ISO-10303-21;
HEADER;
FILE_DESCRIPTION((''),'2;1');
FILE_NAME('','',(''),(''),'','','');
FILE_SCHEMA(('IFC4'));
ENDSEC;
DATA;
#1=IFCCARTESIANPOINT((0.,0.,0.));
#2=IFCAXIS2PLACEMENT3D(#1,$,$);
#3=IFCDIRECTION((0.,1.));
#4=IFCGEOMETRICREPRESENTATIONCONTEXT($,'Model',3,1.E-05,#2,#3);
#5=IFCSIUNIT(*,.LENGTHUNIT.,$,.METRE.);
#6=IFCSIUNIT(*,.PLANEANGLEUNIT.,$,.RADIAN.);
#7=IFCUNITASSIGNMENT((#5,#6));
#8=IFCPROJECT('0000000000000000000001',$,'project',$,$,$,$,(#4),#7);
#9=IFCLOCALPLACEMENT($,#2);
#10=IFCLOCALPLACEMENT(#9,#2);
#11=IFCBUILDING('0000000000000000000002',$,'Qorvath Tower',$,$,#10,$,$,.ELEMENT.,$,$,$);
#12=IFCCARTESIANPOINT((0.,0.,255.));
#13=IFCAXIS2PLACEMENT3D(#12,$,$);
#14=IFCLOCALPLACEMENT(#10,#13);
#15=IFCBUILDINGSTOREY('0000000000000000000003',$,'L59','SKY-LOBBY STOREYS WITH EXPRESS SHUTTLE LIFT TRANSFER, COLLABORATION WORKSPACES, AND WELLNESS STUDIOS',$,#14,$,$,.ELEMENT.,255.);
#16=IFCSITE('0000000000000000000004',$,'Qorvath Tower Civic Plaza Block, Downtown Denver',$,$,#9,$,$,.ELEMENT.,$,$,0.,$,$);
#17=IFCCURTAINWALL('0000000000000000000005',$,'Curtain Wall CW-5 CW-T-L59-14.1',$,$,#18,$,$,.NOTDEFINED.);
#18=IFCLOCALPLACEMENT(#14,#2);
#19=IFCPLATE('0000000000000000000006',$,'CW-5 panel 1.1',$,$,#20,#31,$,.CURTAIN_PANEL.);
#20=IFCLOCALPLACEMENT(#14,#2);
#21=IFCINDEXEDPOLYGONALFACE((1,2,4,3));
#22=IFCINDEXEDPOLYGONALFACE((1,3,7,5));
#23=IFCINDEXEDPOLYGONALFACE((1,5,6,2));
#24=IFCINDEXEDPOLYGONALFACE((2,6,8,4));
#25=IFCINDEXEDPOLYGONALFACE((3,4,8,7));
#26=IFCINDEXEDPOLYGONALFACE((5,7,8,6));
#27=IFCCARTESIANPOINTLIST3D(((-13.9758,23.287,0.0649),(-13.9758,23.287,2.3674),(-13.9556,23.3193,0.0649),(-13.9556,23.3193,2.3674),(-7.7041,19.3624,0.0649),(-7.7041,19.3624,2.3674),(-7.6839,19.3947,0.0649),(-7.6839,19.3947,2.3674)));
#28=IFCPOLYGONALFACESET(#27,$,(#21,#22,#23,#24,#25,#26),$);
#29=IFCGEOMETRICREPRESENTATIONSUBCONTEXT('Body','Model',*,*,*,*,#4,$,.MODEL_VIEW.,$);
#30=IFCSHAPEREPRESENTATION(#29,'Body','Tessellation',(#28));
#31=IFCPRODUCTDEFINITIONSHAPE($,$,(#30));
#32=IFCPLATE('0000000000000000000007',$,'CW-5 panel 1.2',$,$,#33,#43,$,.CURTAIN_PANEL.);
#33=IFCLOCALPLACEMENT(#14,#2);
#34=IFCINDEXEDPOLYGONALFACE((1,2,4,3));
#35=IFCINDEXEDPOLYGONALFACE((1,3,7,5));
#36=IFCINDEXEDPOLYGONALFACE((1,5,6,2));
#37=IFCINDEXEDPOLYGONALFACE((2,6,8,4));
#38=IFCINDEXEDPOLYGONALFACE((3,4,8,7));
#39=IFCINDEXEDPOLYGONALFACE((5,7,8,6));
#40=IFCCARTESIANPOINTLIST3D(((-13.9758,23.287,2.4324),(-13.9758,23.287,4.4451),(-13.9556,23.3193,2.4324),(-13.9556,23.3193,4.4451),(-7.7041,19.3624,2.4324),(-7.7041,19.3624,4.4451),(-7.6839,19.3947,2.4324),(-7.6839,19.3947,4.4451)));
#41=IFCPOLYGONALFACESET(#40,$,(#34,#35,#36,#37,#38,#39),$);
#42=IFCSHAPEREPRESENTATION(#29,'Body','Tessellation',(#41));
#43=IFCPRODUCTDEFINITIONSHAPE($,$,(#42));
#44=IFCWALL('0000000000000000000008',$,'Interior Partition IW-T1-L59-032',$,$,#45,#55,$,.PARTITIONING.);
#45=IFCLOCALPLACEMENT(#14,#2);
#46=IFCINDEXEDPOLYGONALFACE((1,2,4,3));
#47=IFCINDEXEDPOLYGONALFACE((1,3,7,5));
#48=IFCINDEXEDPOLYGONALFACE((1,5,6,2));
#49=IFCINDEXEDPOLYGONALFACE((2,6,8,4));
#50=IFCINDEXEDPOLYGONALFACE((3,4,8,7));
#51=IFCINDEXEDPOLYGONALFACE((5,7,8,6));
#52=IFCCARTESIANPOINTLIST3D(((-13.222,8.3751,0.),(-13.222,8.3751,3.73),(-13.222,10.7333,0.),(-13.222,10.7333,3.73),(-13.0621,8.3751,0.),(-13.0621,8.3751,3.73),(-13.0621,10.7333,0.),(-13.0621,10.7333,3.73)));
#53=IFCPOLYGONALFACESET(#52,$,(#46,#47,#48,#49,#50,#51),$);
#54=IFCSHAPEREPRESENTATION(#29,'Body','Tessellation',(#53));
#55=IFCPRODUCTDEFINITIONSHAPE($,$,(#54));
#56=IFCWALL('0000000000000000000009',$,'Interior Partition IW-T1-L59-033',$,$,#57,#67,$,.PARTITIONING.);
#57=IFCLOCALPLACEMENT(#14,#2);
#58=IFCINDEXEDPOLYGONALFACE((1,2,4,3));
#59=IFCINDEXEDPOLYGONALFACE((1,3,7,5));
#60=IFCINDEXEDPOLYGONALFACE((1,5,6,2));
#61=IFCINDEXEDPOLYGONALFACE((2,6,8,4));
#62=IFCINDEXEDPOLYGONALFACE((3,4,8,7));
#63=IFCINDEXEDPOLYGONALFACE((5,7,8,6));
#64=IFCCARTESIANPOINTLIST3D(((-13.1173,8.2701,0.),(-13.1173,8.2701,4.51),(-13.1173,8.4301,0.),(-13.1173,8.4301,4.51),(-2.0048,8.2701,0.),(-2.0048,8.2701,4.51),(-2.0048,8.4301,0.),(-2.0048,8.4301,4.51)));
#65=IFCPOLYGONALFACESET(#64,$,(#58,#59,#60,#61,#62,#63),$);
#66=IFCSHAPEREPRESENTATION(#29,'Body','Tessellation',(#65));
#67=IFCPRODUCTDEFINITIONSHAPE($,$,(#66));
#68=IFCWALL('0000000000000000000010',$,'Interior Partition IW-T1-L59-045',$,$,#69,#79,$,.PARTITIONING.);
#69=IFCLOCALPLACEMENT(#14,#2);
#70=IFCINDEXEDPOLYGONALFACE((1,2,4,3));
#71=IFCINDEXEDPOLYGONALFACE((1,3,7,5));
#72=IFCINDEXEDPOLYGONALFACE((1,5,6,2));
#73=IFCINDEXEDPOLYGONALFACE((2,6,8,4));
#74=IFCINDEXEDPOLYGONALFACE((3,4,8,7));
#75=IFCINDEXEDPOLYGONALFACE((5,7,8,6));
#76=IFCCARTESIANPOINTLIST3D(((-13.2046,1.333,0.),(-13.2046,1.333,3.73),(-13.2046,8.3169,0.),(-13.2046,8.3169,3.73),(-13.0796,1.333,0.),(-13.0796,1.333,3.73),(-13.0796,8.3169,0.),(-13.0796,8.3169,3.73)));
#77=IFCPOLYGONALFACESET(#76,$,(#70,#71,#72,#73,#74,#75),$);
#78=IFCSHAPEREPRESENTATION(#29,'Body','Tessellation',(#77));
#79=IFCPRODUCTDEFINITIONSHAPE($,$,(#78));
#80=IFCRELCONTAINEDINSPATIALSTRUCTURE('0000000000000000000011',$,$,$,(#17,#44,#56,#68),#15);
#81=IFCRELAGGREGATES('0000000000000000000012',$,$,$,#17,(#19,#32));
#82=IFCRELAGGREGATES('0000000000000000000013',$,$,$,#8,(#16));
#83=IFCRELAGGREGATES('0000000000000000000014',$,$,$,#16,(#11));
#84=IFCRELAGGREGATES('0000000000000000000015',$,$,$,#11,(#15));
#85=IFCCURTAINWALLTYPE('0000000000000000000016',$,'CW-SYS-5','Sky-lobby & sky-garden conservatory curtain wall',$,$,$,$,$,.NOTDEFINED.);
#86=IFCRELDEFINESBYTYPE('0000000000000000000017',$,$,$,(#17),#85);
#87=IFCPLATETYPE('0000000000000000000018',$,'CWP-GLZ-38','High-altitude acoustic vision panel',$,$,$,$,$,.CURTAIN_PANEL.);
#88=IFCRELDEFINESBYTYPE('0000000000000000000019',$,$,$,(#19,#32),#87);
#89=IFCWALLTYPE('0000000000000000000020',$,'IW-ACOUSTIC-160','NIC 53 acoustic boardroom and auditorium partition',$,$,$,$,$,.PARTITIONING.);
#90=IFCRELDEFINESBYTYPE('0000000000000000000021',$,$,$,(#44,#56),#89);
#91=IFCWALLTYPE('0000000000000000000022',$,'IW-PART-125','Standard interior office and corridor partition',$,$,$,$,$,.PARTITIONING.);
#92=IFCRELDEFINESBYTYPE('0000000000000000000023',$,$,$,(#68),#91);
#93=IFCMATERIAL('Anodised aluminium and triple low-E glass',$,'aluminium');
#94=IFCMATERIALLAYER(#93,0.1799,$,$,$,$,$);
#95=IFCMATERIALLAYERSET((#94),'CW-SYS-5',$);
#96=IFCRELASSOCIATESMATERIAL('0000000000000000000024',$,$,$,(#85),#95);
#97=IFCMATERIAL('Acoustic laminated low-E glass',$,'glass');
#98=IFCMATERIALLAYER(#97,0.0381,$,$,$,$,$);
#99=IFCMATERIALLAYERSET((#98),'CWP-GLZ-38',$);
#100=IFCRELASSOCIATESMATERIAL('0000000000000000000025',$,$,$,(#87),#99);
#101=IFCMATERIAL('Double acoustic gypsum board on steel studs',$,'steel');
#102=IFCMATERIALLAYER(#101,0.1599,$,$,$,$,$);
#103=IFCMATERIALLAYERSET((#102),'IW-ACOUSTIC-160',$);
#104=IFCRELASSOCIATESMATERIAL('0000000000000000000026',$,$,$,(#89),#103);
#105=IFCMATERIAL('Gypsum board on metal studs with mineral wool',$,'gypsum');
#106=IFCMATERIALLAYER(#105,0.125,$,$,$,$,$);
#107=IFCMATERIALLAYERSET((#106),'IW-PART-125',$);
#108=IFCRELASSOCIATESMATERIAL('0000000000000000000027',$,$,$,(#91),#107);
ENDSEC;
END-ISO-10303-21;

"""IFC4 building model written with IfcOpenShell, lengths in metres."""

from ifc_helpers import new_model, si_unit, direction, frame, frame_2d, origin, origin_2d, place, context, subcontext, project, spatial, rectangle, extrude, material, layer, layer_set, type_object, element, aggregate, save


model = new_model("IFC4")

# Units and contexts
model_context = context("Model", 3, precision=1e-05, world=origin(), true_north=direction((0.0, 1.0)))
body_context = subcontext(model_context, "Body", "Model", "MODEL_VIEW")
ifc_project = project(units=[si_unit("LENGTHUNIT", "METRE"), si_unit("PLANEANGLEUNIT", "RADIAN")], contexts=[model_context])

# Site, building, storey
site_placement = place(None, origin())
site = spatial("IfcSite", under=ifc_project, at=site_placement, Name="Qorvath Tower Civic Plaza Block, Downtown Denver", CompositionType="ELEMENT", RefElevation=0.0)
building_placement = place(site_placement, origin())
building = spatial("IfcBuilding", under=site, at=building_placement, Name="Qorvath Tower", CompositionType="ELEMENT")
storey_placement = place(building_placement, frame((0.0, 0.0, 255.0)))
storey = spatial("IfcBuildingStorey", under=building, at=storey_placement, Name="L59", Description="SKY-LOBBY STOREYS WITH EXPRESS SHUTTLE LIFT TRANSFER, COLLABORATION WORKSPACES, AND WELLNESS STUDIOS", CompositionType="ELEMENT", Elevation=255.0)

# Shared definitions
ifc_material_1 = material(Name="Anodised aluminium and triple low-E glass", Category="aluminium")
ifc_layer_1 = layer(ifc_material_1, 0.1799)
ifc_layer_set_1 = layer_set([ifc_layer_1], Name="CW-SYS-5")
curtain_wall_type = type_object("IfcCurtainWallType", Name="CW-SYS-5", Description="Sky-lobby & sky-garden conservatory curtain wall", PredefinedType="NOTDEFINED", material=ifc_layer_set_1)

# Curtain wall
curtain_wall_1_placement = place(storey_placement, origin())
curtain_wall_1 = element("IfcCurtainWall", 1, at=curtain_wall_1_placement, inside=storey, type_object=curtain_wall_type, Name="Curtain Wall CW-5 CW-T-L59-14.1", PredefinedType="NOTDEFINED")

# Plates
ifc_material_2 = material(Name="Acoustic laminated low-E glass", Category="glass")
ifc_layer_2 = layer(ifc_material_2, 0.0381)
ifc_layer_set_2 = layer_set([ifc_layer_2], Name="CWP-GLZ-38")
plate_type = type_object("IfcPlateType", Name="CWP-GLZ-38", Description="High-altitude acoustic vision panel", PredefinedType="CURTAIN_PANEL", material=ifc_layer_set_2)
plate_1_placement = place(storey_placement, frame((-10.8298, 21.3408, 0.0649), z_axis=(0.0, 0.0, 1.0), x_axis=(-0.847707, 0.530464, 0.0)))
plate_1 = element("IfcPlate", 2, at=plate_1_placement, type_object=plate_type, Name="CW-5 panel 1.1", PredefinedType="CURTAIN_PANEL", context=body_context, shape_type="SweptSolid", body=[
    extrude(rectangle(XDim=7.3984, YDim=0.0381, at=origin_2d()), origin(), (0.0, 0.0, 1.0), 2.3025),
])
plate_2_placement = place(storey_placement, frame((-10.8298, 21.3408, 2.4324), z_axis=(0.0, 0.0, 1.0), x_axis=(-0.847707, 0.530464, 0.0)))
plate_2 = element("IfcPlate", 3, at=plate_2_placement, type_object=plate_type, Name="CW-5 panel 1.2", PredefinedType="CURTAIN_PANEL", context=body_context, shape_type="SweptSolid", body=[
    extrude(rectangle(XDim=7.3984, YDim=0.0381, at=origin_2d()), origin(), (0.0, 0.0, 1.0), 2.0127),
])
aggregate(curtain_wall_1, [plate_1, plate_2])

# Walls
ifc_material_3 = material(Name="Double acoustic gypsum board on steel studs", Category="steel")
ifc_layer_3 = layer(ifc_material_3, 0.1599)
ifc_layer_set_3 = layer_set([ifc_layer_3], Name="IW-ACOUSTIC-160")
wall_type_1 = type_object("IfcWallType", Name="IW-ACOUSTIC-160", Description="NIC 53 acoustic boardroom and auditorium partition", PredefinedType="PARTITIONING", material=ifc_layer_set_3)
wall_1_placement = place(storey_placement, frame((-13.1421, 8.375, 0.0), z_axis=(0.0, 0.0, 1.0), x_axis=(0.0, 1.0, 0.0)))
element("IfcWall", 4, at=wall_1_placement, inside=storey, type_object=wall_type_1, Name="Interior Partition IW-T1-L59-032", PredefinedType="PARTITIONING", context=body_context, shape_type="SweptSolid", body=[
    extrude(rectangle(XDim=2.3582, YDim=0.1599, at=frame_2d((1.1792, 0.0))), origin(), (0.0, 0.0, 1.0), 3.73),
])
wall_2_placement = place(storey_placement, frame((-13.1172, 8.3501, 0.0), z_axis=(0.0, 0.0, 1.0), x_axis=(1.0, 0.0, 0.0)))
element("IfcWall", 5, at=wall_2_placement, inside=storey, type_object=wall_type_1, Name="Interior Partition IW-T1-L59-033", PredefinedType="PARTITIONING", context=body_context, shape_type="SweptSolid", body=[
    extrude(rectangle(XDim=11.1125, YDim=0.1599, at=frame_2d((5.5562, 0.0))), origin(), (0.0, 0.0, 1.0), 4.51),
])
ifc_material_4 = material(Name="Gypsum board on metal studs with mineral wool", Category="gypsum")
ifc_layer_4 = layer(ifc_material_4, 0.125)
ifc_layer_set_4 = layer_set([ifc_layer_4], Name="IW-PART-125")
wall_type_2 = type_object("IfcWallType", Name="IW-PART-125", Description="Standard interior office and corridor partition", PredefinedType="PARTITIONING", material=ifc_layer_set_4)
wall_3_placement = place(storey_placement, frame((-13.1421, 8.3169, 0.0), z_axis=(0.0, 0.0, 1.0), x_axis=(0.0, -1.0, 0.0)))
element("IfcWall", 6, at=wall_3_placement, inside=storey, type_object=wall_type_2, Name="Interior Partition IW-T1-L59-045", PredefinedType="PARTITIONING", context=body_context, shape_type="SweptSolid", body=[
    extrude(rectangle(XDim=6.9839, YDim=0.125, at=frame_2d((3.4919, 0.0))), origin(), (0.0, 0.0, 1.0), 3.73),
])

save(model, "model.ifc")
